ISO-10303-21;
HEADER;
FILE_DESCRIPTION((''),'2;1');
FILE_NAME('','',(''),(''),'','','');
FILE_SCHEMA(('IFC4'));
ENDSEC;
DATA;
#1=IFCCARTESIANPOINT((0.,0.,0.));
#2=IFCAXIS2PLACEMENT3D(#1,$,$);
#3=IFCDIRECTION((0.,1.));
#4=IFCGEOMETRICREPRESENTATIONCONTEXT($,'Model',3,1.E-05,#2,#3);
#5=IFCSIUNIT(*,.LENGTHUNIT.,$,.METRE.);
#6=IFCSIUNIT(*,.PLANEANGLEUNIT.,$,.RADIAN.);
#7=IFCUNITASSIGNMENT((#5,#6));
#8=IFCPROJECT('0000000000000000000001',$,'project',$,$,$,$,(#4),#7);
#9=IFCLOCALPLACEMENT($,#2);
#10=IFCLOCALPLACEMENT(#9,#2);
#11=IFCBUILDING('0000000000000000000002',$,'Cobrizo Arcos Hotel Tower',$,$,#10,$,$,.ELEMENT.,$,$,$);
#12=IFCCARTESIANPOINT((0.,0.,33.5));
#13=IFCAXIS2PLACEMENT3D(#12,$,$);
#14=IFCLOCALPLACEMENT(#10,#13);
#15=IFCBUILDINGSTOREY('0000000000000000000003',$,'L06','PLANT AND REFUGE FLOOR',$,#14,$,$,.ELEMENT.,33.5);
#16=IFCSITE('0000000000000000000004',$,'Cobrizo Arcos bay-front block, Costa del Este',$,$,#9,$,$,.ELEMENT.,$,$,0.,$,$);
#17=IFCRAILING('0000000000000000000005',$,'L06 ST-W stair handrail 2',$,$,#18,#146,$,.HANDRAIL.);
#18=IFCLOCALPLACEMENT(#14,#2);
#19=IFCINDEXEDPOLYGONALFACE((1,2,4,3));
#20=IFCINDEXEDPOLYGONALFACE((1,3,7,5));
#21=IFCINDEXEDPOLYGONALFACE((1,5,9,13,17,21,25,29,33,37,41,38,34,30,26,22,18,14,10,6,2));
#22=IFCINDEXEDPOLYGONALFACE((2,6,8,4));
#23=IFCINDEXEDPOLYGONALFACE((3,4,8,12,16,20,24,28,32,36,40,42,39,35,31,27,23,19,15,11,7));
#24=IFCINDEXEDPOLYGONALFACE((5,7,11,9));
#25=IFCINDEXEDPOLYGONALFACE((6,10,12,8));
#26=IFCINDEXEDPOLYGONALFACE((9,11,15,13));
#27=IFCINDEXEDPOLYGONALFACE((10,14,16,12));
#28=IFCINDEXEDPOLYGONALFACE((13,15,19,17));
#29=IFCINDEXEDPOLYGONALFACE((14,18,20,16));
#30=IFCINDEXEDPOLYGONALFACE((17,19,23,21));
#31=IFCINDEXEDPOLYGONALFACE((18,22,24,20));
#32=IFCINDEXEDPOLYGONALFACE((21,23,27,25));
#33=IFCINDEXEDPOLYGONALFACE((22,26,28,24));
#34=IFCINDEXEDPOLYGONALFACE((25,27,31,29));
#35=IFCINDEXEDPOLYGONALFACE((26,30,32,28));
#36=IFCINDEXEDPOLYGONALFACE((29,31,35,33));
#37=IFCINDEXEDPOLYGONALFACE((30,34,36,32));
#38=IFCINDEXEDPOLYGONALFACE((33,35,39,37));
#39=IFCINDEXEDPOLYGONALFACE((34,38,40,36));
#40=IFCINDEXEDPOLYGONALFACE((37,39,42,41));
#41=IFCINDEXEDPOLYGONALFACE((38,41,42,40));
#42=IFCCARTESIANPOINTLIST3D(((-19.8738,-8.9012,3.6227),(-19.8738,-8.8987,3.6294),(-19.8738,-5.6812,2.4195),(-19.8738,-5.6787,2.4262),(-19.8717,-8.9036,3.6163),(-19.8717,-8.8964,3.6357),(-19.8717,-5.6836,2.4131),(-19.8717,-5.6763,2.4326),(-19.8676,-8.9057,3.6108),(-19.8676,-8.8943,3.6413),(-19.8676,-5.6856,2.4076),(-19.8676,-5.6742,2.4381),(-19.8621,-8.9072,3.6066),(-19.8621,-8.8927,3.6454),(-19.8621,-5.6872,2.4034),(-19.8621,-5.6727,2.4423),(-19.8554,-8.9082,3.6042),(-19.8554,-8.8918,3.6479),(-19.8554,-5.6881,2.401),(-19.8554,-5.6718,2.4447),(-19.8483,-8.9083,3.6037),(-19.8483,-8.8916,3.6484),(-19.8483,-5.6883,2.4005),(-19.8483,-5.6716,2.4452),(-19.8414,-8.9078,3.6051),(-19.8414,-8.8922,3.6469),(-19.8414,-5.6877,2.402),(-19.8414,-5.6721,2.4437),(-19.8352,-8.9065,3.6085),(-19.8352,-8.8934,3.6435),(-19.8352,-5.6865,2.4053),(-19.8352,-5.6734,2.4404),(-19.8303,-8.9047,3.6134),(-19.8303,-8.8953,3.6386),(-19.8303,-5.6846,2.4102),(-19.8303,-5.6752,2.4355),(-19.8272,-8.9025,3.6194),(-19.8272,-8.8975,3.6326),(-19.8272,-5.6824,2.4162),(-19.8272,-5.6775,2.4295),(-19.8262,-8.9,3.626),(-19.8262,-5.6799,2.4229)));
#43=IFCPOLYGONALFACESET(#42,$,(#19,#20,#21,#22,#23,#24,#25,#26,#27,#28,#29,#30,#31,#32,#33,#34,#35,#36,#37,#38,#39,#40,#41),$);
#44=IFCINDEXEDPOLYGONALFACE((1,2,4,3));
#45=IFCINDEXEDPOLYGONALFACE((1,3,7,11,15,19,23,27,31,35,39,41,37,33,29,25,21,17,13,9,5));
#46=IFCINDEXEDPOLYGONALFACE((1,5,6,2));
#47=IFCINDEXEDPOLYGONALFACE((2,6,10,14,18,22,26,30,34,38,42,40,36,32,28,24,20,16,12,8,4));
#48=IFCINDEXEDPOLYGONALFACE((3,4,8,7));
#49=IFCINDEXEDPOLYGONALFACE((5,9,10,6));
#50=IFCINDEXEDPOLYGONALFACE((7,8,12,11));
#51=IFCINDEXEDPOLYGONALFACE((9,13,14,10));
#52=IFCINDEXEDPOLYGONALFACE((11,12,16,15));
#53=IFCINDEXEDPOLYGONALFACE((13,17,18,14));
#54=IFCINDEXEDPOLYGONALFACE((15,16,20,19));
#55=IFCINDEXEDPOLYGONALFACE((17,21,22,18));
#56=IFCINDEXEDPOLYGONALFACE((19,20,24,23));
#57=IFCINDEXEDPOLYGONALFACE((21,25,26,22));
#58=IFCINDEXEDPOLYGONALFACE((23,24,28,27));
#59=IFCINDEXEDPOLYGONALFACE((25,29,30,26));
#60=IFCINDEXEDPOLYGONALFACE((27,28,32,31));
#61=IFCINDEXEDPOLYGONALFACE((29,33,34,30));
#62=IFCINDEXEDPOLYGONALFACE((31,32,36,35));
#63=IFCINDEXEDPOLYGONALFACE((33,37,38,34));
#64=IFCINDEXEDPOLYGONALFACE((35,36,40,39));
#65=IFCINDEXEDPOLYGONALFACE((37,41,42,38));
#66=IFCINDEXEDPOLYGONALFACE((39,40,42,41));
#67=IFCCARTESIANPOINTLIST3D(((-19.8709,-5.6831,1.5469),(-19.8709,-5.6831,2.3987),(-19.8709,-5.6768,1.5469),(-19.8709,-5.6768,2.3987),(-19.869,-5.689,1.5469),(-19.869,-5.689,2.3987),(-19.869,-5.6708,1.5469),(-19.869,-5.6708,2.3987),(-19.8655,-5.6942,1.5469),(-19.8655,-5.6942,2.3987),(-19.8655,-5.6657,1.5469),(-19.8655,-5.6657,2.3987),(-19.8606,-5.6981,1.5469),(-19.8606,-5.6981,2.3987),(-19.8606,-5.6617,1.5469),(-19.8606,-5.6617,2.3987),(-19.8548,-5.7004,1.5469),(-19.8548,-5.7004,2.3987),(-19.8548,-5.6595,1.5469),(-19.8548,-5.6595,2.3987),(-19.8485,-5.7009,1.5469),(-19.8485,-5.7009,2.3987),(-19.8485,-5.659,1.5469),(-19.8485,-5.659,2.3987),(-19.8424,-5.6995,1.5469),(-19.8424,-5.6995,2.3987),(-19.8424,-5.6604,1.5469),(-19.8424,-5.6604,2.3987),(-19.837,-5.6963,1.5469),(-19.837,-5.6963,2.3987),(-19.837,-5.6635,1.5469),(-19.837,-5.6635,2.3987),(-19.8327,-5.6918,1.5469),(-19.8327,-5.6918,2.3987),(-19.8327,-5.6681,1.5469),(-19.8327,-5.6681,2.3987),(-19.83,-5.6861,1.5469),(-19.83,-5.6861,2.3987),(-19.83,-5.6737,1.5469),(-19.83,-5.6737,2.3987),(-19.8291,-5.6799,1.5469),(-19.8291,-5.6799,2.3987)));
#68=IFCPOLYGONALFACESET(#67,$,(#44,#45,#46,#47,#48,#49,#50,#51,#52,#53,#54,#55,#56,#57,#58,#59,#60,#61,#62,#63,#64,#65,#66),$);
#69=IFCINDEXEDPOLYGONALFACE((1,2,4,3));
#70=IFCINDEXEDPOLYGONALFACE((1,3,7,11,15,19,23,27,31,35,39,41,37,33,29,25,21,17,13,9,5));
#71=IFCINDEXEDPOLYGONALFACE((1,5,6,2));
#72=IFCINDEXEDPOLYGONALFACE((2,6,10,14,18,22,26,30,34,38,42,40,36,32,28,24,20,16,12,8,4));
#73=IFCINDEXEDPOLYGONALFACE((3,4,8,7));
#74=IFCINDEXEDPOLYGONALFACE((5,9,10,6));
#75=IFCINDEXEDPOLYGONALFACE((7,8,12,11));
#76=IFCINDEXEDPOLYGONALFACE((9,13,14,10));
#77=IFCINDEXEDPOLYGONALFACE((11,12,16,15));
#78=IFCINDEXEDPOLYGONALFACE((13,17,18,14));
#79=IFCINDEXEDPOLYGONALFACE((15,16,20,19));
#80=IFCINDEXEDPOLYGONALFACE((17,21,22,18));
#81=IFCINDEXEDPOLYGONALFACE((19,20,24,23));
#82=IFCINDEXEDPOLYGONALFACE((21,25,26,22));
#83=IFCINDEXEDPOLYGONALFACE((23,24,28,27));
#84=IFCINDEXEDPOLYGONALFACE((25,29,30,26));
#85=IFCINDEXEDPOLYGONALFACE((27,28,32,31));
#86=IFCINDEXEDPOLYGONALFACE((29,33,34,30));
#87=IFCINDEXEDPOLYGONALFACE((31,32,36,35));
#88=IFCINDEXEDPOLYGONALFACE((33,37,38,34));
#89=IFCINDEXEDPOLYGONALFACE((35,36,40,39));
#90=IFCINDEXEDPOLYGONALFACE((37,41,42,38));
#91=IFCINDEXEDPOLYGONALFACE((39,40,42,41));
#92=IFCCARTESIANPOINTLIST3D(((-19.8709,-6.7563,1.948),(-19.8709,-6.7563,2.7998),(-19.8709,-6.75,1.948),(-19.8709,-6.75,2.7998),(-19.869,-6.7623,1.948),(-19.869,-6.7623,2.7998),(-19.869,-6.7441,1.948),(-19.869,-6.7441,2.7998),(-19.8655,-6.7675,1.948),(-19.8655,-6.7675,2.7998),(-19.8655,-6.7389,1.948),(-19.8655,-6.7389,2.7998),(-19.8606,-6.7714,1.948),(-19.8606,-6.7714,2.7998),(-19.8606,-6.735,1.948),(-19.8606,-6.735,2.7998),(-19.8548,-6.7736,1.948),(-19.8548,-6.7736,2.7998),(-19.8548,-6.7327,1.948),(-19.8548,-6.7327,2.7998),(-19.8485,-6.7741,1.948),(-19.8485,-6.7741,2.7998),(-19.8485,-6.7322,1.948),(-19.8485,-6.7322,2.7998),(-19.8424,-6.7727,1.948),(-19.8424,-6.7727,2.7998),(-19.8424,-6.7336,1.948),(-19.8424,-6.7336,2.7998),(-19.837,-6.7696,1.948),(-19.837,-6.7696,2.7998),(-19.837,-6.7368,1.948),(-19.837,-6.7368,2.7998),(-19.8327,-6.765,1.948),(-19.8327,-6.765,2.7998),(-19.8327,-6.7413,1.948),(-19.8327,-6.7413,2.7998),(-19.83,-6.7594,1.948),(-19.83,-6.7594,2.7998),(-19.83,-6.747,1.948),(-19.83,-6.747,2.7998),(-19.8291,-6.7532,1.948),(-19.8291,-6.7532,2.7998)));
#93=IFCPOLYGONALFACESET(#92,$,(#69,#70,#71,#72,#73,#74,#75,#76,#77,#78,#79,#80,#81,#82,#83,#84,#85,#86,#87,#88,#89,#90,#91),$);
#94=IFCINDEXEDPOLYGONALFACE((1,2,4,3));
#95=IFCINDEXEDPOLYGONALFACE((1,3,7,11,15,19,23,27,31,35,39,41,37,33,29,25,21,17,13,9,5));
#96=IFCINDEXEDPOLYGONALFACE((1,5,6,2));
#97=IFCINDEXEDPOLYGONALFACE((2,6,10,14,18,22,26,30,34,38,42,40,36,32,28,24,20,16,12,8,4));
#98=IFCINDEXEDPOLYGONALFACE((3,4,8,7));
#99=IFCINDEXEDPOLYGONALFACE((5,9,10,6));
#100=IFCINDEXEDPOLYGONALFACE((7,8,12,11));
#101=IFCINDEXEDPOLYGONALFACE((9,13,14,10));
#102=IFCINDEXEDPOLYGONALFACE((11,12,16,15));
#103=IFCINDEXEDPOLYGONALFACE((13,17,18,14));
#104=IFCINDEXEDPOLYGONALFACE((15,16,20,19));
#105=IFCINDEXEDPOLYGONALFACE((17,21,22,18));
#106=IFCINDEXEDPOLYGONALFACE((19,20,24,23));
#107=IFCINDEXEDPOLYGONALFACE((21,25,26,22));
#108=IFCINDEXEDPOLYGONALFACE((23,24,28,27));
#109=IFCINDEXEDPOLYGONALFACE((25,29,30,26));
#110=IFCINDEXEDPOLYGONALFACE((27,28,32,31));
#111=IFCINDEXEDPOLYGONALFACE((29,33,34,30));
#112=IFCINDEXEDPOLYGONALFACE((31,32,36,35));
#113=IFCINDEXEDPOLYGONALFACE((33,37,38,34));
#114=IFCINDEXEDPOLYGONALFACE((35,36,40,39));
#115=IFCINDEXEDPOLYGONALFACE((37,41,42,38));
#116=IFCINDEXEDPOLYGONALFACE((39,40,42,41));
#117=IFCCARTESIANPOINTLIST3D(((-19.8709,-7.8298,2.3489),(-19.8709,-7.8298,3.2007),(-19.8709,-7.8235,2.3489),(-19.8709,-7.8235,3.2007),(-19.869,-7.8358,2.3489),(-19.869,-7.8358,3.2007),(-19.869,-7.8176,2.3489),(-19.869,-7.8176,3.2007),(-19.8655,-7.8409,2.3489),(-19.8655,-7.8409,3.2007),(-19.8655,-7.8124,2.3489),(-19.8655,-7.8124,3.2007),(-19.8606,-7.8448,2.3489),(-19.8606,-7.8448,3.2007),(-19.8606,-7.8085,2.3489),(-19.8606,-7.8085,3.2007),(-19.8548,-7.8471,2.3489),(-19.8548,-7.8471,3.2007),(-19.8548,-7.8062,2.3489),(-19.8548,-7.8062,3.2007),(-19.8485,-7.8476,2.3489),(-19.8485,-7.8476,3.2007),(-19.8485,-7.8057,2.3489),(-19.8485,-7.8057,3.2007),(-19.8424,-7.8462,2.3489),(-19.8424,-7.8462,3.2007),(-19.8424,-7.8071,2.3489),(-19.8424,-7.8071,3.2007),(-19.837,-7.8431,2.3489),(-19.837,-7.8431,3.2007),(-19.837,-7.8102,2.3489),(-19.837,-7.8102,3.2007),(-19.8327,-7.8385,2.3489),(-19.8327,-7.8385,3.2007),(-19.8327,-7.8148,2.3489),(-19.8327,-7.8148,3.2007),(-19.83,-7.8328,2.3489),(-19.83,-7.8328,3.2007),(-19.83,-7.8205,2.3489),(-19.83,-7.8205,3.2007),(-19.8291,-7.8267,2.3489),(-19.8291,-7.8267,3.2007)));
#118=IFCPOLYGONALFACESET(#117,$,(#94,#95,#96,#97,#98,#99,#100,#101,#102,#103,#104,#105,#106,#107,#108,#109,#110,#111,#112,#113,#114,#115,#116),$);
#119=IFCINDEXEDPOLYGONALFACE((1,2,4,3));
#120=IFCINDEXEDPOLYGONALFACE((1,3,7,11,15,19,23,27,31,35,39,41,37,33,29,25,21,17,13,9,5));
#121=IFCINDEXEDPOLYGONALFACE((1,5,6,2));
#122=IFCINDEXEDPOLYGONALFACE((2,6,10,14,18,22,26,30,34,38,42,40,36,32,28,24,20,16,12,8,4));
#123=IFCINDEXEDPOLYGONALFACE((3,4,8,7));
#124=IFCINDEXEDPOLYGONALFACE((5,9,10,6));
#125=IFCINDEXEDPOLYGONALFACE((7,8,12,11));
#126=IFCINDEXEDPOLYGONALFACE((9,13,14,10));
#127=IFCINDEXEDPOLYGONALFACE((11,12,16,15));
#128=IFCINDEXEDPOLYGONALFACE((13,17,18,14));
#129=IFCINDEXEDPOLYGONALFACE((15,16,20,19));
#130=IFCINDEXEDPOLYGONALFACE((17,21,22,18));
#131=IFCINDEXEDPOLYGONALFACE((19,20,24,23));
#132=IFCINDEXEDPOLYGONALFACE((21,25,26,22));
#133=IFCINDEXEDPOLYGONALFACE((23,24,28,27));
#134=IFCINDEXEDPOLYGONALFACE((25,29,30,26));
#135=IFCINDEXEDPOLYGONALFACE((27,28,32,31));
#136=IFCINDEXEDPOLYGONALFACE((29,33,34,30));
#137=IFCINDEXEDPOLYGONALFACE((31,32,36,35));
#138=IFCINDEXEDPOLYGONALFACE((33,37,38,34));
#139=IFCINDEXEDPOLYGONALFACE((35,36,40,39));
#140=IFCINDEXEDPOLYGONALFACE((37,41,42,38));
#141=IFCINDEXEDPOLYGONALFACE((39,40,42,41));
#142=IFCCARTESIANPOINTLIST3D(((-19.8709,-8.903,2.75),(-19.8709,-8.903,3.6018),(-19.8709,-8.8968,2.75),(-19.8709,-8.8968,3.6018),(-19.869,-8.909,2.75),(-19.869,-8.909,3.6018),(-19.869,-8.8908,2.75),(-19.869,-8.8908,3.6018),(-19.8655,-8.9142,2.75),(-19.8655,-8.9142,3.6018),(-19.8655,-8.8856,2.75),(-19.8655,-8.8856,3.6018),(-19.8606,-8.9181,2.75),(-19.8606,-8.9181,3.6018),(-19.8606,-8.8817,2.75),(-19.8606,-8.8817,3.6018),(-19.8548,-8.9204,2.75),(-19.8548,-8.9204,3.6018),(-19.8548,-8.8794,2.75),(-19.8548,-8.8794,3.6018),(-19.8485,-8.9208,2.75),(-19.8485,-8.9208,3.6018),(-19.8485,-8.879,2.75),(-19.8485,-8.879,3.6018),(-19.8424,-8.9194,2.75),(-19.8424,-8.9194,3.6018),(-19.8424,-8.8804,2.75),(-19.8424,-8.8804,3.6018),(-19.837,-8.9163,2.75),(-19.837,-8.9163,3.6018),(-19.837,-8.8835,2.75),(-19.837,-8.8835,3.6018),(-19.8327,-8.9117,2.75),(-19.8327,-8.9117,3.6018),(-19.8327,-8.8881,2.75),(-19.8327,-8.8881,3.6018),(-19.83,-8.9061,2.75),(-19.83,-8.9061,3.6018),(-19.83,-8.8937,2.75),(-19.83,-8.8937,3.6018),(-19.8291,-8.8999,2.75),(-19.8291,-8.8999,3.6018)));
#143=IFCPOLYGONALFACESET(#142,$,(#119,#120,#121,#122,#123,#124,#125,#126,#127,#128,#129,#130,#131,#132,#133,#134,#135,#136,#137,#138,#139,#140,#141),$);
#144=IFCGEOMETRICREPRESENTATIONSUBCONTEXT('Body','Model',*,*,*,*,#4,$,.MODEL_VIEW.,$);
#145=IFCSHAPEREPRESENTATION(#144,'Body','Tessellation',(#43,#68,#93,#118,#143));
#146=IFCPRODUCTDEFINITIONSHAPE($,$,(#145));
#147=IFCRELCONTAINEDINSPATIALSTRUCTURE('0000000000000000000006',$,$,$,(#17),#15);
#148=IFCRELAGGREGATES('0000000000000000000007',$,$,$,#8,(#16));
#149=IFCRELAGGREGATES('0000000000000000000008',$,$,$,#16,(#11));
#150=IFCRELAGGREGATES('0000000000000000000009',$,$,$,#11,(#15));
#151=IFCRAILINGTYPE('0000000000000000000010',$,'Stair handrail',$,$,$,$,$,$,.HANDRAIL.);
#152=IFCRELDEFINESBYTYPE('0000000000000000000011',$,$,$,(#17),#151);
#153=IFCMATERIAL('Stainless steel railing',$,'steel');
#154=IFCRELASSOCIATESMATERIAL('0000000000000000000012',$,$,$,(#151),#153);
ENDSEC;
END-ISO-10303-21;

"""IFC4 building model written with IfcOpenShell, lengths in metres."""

from ifc_helpers import new_model, si_unit, direction, frame, origin, origin_2d, place, context, subcontext, project, spatial, circle, extrude, material, type_object, element, save


model = new_model("IFC4")

# Units and contexts
model_context = context("Model", 3, precision=1e-05, world=origin(), true_north=direction((0.0, 1.0)))
body_context = subcontext(model_context, "Body", "Model", "MODEL_VIEW")
ifc_project = project(units=[si_unit("LENGTHUNIT", "METRE"), si_unit("PLANEANGLEUNIT", "RADIAN")], contexts=[model_context])

# Site, building, storey
site_placement = place(None, origin())
site = spatial("IfcSite", under=ifc_project, at=site_placement, Name="Cobrizo Arcos bay-front block, Costa del Este", CompositionType="ELEMENT", RefElevation=0.0)
building_placement = place(site_placement, origin())
building = spatial("IfcBuilding", under=site, at=building_placement, Name="Cobrizo Arcos Hotel Tower", CompositionType="ELEMENT")
storey_placement = place(building_placement, frame((0.0, 0.0, 33.5)))
storey = spatial("IfcBuildingStorey", under=building, at=storey_placement, Name="L06", Description="PLANT AND REFUGE FLOOR", CompositionType="ELEMENT", Elevation=33.5)

# Railing
ifc_material_1 = material(Name="Stainless steel railing", Category="steel")
railing_type_1 = type_object("IfcRailingType", Name="Stair handrail", PredefinedType="HANDRAIL", material=ifc_material_1)
for number, where, name in (
    (1, (-19.8501, -5.6799, 1.5469), "L06 ST-W stair handrail 2"),
):
    element("IfcRailing", number, at=place(storey_placement, frame(where)), inside=storey, type_object=railing_type_1, Name=name, PredefinedType="HANDRAIL", context=body_context, shape_type="SweptSolid", body=[
        extrude(circle(Radius=0.0239, at=origin_2d()), frame((0.0, 0.0, 0.876), z_axis=(0.0, -0.936746, 0.35001), x_axis=(1.0, 0.0, 0.0)), (0.0, 0.0, 1.0), 3.4375),
        extrude(circle(Radius=0.021, at=origin_2d()), origin(), (0.0, 0.0, 1.0), 0.8518),
        extrude(circle(Radius=0.021, at=origin_2d()), frame((0.0, -1.0732, 0.4011)), (0.0, 0.0, 1.0), 0.8518),
        extrude(circle(Radius=0.021, at=origin_2d()), frame((0.0, -2.1467, 0.802)), (0.0, 0.0, 1.0), 0.8518),
        extrude(circle(Radius=0.021, at=origin_2d()), frame((0.0, -3.22, 1.2031)), (0.0, 0.0, 1.0), 0.8518),
    ])

save(model, "model.ifc")
